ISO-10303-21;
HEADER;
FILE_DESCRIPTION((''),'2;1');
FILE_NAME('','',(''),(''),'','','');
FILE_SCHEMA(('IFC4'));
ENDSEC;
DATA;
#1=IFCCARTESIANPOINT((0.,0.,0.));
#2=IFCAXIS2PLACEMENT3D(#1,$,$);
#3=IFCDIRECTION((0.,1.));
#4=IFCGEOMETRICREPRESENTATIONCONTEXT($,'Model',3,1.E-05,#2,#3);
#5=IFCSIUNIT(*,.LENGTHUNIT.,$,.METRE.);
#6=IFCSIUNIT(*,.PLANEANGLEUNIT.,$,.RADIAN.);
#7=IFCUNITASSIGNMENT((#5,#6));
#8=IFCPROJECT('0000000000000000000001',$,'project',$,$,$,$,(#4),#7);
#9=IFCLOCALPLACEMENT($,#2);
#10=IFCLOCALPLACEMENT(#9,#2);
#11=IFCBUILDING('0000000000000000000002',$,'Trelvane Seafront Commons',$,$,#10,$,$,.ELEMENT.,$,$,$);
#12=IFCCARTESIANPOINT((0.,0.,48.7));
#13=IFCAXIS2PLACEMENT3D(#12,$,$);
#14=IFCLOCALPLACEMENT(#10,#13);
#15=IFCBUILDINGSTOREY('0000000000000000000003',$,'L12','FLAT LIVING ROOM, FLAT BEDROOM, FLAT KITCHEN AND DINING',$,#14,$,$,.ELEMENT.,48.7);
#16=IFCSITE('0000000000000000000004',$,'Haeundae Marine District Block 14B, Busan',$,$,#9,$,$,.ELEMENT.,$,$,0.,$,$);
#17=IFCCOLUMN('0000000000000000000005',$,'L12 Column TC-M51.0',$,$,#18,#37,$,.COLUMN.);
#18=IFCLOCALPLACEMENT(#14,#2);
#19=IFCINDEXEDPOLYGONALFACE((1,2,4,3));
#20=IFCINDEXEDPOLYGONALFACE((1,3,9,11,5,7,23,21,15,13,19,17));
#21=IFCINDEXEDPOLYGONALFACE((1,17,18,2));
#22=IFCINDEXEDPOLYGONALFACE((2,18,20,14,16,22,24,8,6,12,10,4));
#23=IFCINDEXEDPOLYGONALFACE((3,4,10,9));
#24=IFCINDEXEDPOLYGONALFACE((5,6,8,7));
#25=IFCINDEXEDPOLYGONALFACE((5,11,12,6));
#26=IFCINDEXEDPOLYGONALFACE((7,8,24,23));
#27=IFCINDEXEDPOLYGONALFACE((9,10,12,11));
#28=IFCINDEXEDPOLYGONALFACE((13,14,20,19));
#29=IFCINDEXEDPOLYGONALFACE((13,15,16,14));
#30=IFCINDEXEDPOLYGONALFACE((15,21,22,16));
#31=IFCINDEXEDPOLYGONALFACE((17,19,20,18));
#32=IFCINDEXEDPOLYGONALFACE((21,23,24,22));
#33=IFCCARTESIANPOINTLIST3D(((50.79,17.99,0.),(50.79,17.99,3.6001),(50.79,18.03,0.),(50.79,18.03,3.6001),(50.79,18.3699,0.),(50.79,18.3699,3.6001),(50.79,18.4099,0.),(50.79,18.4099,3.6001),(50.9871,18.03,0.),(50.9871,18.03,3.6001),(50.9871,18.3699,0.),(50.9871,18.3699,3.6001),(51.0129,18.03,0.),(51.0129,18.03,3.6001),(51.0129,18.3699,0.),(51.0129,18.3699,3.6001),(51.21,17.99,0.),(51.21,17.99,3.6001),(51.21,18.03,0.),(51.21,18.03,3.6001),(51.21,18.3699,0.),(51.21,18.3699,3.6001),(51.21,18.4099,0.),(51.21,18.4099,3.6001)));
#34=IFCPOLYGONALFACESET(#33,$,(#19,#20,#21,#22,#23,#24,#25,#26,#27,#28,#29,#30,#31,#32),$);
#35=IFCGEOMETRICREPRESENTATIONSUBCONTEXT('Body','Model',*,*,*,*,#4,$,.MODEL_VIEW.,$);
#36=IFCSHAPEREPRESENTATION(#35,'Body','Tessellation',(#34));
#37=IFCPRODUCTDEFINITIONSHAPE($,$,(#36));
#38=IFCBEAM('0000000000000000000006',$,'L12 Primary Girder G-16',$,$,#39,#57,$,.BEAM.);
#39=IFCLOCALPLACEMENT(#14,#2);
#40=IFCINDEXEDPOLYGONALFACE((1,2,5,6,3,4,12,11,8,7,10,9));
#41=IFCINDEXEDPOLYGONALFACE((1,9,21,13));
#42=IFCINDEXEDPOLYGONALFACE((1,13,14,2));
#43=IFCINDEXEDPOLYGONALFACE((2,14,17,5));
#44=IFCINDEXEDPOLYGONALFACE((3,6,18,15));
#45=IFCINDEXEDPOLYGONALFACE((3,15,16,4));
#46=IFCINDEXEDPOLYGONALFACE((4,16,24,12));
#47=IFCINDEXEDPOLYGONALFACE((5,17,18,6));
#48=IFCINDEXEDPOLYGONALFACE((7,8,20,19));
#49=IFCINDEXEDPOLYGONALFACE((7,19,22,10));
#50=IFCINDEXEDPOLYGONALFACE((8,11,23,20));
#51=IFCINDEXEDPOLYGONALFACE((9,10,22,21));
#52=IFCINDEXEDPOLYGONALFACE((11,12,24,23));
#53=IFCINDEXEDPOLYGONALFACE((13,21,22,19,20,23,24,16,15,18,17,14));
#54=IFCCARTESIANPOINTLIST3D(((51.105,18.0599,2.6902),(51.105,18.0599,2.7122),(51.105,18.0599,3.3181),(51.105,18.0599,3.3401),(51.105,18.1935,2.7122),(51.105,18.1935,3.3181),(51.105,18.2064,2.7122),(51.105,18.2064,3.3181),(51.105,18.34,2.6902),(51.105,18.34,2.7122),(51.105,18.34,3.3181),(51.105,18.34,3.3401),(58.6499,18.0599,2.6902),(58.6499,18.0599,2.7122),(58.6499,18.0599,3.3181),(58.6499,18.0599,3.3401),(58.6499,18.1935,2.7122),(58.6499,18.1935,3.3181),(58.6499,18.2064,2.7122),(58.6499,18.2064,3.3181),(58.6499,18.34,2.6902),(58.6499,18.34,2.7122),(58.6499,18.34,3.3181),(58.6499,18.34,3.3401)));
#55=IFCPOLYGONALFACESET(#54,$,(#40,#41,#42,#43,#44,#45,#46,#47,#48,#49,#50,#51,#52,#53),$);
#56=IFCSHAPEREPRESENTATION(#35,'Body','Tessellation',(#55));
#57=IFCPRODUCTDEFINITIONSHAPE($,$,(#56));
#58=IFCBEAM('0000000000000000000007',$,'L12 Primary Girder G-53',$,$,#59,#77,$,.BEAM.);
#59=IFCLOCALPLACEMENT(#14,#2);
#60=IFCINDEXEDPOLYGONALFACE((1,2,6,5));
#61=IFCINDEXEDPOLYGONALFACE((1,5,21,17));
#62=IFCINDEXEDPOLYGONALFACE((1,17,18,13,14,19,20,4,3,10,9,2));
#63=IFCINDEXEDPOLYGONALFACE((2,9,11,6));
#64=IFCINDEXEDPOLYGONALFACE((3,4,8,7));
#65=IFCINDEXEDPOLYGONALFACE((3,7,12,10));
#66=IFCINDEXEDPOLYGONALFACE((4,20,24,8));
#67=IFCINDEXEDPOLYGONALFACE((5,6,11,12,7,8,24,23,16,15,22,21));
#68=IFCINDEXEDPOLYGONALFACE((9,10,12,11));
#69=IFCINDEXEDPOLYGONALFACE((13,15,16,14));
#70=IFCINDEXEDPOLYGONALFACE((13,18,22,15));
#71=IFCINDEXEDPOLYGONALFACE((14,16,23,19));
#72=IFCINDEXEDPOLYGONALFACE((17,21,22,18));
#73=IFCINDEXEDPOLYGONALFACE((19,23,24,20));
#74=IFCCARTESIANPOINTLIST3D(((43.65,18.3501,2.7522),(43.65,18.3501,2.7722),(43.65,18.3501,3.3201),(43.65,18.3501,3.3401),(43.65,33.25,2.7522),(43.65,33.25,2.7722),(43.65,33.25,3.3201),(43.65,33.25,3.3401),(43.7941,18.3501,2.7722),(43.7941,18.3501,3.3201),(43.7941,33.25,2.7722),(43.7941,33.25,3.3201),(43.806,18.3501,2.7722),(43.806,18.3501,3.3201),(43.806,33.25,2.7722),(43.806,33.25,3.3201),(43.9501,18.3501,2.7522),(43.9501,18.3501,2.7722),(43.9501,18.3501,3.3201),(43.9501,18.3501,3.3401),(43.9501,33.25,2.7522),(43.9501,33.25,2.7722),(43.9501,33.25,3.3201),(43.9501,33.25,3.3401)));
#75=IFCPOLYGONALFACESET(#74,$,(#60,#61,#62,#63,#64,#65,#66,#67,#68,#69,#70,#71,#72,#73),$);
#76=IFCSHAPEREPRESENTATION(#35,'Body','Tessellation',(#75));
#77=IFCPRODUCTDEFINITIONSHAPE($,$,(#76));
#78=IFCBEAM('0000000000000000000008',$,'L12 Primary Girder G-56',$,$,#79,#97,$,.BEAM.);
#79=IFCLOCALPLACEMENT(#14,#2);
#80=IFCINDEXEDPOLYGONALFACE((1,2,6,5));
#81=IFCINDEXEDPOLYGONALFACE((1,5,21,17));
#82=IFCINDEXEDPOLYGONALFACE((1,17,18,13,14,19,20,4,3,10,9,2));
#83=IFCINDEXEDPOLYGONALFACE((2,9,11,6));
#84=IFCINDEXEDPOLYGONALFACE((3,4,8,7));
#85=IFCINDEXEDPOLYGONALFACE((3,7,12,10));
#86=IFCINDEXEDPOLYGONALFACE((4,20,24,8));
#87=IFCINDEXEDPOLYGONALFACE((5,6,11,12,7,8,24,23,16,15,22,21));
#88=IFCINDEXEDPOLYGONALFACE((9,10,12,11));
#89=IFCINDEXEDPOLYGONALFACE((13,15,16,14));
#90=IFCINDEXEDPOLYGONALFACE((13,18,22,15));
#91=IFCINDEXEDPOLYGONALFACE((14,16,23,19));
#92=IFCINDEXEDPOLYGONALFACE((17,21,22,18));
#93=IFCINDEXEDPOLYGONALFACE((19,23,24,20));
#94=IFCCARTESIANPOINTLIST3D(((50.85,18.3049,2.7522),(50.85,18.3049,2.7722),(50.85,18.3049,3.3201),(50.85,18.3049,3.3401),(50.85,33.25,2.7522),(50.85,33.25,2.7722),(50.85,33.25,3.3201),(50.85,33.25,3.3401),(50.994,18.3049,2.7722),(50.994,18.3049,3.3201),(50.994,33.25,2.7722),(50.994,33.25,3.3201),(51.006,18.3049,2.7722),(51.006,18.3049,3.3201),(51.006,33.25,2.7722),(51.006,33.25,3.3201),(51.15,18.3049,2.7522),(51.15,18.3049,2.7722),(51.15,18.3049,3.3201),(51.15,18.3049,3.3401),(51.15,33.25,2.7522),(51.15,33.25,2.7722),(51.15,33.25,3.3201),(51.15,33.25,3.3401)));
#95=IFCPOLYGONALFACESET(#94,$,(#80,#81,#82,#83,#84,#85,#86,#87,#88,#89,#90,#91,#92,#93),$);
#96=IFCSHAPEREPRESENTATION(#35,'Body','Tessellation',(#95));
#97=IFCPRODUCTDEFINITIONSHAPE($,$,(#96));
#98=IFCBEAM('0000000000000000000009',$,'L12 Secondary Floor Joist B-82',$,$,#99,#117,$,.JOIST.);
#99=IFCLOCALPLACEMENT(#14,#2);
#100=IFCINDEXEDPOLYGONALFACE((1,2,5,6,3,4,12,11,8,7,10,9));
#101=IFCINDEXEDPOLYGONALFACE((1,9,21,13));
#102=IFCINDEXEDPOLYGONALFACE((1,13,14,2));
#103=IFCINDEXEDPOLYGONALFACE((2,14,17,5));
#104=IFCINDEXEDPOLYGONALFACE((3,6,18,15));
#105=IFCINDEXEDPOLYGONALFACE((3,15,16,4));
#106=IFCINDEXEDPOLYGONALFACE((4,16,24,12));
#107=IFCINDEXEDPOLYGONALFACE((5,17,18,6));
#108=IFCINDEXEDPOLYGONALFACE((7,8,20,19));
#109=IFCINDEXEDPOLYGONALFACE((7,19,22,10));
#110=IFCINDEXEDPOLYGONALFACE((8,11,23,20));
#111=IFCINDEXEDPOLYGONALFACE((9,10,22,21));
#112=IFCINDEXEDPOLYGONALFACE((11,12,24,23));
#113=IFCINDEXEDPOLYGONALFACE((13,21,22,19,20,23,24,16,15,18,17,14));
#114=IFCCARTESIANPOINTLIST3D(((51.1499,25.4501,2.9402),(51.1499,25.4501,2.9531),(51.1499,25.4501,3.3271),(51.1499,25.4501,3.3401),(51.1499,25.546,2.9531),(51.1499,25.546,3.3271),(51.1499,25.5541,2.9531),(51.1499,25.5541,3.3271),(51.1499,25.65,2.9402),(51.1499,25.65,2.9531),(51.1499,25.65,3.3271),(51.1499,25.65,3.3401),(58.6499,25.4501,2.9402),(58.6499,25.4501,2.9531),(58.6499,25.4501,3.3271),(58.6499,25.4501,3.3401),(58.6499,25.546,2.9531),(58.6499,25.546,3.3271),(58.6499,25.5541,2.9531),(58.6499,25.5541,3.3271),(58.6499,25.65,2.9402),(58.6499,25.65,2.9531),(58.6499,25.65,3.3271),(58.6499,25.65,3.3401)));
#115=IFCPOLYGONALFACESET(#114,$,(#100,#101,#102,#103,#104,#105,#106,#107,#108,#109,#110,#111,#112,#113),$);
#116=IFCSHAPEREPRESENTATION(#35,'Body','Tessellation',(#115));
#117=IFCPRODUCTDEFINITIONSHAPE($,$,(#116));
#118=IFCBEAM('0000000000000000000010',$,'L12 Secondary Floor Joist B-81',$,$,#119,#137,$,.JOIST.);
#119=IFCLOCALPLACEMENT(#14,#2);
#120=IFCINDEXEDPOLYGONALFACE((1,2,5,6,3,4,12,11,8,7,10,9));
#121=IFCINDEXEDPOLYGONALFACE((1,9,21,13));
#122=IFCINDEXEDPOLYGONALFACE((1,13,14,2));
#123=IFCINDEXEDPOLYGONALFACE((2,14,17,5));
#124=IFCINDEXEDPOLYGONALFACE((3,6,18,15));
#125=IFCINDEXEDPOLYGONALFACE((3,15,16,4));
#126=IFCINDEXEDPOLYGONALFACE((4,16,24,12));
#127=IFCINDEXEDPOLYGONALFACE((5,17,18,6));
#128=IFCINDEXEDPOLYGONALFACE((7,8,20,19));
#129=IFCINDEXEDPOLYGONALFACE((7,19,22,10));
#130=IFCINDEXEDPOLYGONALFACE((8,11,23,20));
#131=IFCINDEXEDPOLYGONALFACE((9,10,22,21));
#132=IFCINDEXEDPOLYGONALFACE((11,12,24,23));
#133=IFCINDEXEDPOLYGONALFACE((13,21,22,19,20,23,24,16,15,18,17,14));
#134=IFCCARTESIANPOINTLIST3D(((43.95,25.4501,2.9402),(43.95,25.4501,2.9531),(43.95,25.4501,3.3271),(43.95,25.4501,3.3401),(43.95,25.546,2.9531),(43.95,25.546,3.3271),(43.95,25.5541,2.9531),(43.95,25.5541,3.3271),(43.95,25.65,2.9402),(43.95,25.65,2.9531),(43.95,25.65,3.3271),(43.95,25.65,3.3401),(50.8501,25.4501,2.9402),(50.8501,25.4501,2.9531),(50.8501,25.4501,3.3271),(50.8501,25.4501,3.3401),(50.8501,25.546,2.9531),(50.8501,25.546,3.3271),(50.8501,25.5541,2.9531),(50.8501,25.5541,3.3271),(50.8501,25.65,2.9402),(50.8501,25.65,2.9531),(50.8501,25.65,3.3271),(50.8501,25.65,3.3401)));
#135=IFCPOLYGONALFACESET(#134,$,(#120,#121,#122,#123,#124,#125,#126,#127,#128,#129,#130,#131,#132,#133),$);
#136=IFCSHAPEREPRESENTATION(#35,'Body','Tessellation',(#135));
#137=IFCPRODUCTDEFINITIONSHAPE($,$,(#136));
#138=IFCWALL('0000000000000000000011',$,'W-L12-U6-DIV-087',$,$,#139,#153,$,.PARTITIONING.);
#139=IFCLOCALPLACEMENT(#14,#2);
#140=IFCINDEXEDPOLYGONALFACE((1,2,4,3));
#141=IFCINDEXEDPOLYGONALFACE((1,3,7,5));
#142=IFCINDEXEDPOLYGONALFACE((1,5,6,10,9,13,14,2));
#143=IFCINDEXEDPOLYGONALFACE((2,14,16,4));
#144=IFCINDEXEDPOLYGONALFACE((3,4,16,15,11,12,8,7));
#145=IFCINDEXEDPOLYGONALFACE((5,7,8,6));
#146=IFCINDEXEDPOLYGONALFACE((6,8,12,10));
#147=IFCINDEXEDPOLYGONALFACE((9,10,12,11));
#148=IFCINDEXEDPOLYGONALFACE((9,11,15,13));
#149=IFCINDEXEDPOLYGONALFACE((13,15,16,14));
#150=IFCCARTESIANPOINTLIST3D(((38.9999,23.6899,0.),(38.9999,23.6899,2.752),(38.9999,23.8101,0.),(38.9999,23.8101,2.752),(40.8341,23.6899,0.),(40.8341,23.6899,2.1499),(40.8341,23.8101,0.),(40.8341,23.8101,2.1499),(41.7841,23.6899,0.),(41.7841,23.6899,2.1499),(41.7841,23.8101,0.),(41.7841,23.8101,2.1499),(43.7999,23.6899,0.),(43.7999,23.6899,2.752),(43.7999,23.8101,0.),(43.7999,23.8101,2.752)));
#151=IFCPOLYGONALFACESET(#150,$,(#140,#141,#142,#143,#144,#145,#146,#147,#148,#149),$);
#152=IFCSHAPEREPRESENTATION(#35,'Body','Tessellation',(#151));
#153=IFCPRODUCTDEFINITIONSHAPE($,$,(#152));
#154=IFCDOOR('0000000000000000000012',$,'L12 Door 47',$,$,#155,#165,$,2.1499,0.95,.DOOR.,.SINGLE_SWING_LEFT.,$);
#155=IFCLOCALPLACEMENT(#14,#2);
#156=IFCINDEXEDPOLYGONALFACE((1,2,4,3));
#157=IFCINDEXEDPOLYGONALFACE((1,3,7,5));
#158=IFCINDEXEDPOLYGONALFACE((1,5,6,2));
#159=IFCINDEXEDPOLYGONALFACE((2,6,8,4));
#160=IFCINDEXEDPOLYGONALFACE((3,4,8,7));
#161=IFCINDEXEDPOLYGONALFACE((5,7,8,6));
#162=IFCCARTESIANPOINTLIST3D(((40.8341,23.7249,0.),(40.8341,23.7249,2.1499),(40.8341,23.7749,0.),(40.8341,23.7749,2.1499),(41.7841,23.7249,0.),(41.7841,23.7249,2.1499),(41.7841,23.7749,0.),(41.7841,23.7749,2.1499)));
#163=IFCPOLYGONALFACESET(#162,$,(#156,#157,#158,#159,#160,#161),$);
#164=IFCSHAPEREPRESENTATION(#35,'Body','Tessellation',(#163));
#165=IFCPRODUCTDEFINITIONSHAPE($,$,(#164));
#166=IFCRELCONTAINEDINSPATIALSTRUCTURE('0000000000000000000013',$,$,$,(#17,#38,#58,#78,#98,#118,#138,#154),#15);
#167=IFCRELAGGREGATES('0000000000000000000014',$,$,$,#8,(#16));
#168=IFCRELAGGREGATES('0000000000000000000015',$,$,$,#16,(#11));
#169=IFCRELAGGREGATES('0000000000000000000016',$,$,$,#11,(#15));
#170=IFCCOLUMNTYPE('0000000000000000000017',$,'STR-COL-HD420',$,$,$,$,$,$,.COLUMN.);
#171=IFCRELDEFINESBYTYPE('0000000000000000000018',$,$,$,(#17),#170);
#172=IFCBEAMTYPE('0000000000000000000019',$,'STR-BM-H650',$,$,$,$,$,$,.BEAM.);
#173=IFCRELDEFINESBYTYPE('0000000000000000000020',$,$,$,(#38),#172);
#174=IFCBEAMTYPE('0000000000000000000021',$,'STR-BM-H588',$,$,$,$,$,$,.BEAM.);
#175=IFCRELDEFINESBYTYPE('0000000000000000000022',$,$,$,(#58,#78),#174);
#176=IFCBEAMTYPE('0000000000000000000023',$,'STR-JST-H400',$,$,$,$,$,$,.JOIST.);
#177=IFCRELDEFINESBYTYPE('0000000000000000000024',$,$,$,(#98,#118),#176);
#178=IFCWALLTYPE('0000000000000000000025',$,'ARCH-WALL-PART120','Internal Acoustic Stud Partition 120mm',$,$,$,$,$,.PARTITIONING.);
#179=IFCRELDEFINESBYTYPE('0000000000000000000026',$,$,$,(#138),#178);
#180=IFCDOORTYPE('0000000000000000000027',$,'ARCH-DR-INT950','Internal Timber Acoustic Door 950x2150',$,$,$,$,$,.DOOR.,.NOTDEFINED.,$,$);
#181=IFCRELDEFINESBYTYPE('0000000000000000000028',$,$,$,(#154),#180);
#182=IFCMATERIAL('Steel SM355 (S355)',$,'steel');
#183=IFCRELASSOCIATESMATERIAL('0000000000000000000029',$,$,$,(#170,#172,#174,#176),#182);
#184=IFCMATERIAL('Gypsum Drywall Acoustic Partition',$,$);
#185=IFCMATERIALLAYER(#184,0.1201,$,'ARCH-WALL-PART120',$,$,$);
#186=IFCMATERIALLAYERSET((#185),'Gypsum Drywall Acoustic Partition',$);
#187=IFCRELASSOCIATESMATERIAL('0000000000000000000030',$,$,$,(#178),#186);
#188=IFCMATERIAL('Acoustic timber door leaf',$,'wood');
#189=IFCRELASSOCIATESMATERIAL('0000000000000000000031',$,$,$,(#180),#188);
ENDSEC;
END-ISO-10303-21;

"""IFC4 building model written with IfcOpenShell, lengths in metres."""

from ifc_helpers import new_model, si_unit, direction, frame, frame_2d, origin, origin_2d, place, context, subcontext, project, spatial, rectangle, i_section, extrude, source, transform, mapped, material, layer, layer_set, material_profile, profile_set, type_object, element, fill, save


model = new_model("IFC4")

# Units and contexts
model_context = context("Model", 3, precision=1e-05, world=origin(), true_north=direction((0.0, 1.0)))
body_context = subcontext(model_context, "Body", "Model", "MODEL_VIEW")
ifc_project = project(units=[si_unit("LENGTHUNIT", "METRE"), si_unit("PLANEANGLEUNIT", "RADIAN")], contexts=[model_context])

# Site, building, storey
site_placement = place(None, origin())
site = spatial("IfcSite", under=ifc_project, at=site_placement, Name="Haeundae Marine District Block 14B, Busan", CompositionType="ELEMENT", RefElevation=0.0)
building_placement = place(site_placement, origin())
building = spatial("IfcBuilding", under=site, at=building_placement, Name="Trelvane Seafront Commons", CompositionType="ELEMENT")
storey_placement = place(building_placement, frame((0.0, 0.0, 48.7)))
storey = spatial("IfcBuildingStorey", under=building, at=storey_placement, Name="L12", Description="FLAT LIVING ROOM, FLAT BEDROOM, FLAT KITCHEN AND DINING", CompositionType="ELEMENT", Elevation=48.7)

# Column
ifc_material_1 = material(Name="Steel SM355 (S355)", Category="steel")
ifc_material_profile_1 = material_profile(ifc_material_1, i_section(OverallWidth=0.4199, OverallDepth=0.4199, WebThickness=0.0259, FlangeThickness=0.04, at=origin_2d()), Name="HD-420x420x26x40")
ifc_profile_set_1 = profile_set([ifc_material_profile_1], Name="Steel SM355 (S355)")
column_type = type_object("IfcColumnType", Name="STR-COL-HD420", PredefinedType="COLUMN", material=ifc_profile_set_1)
shared_shape_1 = source(origin(), body_context, "Body", "SweptSolid", [
    extrude(i_section(OverallWidth=0.4199, OverallDepth=0.4199, WebThickness=0.0259, FlangeThickness=0.04, at=origin_2d()), origin(), (0.0, 0.0, 1.0), 3.6001),
])
column_placement = place(storey_placement, frame((51.0, 18.2, 0.0), z_axis=(0.0, 0.0, 1.0), x_axis=(1.0, 0.0, 0.0)))
element("IfcColumn", 1, at=column_placement, inside=storey, type_object=column_type, Name="L12 Column TC-M51.0", PredefinedType="COLUMN", context=body_context, shape_type="MappedRepresentation", body=[
    mapped(shared_shape_1, transform((0.0, 0.0, 0.0), x_axis=(1.0, 0.0, 0.0), y_axis=(0.0, 1.0, 0.0), z_axis=(0.0, 0.0, 1.0), scale=1.0)),
])

# Beams
ifc_material_profile_2 = material_profile(ifc_material_1, i_section(OverallWidth=0.28, OverallDepth=0.6499, WebThickness=0.0129, FlangeThickness=0.022, at=origin_2d()), Name="H-650x280x13x22")
ifc_profile_set_2 = profile_set([ifc_material_profile_2], Name="Steel SM355 (S355)")
beam_type_1 = type_object("IfcBeamType", Name="STR-BM-H650", PredefinedType="BEAM", material=ifc_profile_set_2)
shared_shape_2 = source(origin(), body_context, "Body", "SweptSolid", [
    extrude(i_section(OverallWidth=0.28, OverallDepth=0.6499, WebThickness=0.0129, FlangeThickness=0.022, at=origin_2d()), origin(), (0.0, 0.0, 1.0), 7.5449),
])
beam_1_placement = place(storey_placement, frame((51.105, 18.2, 3.0151), z_axis=(1.0, 0.0, 0.0), x_axis=(0.0, 1.0, 0.0)))
element("IfcBeam", 2, at=beam_1_placement, inside=storey, type_object=beam_type_1, Name="L12 Primary Girder G-16", PredefinedType="BEAM", context=body_context, shape_type="MappedRepresentation", body=[
    mapped(shared_shape_2, transform((0.0, 0.0, 0.0), x_axis=(1.0, 0.0, 0.0), y_axis=(0.0, 1.0, 0.0), z_axis=(0.0, 0.0, 1.0), scale=1.0)),
])
ifc_material_profile_3 = material_profile(ifc_material_1, i_section(OverallWidth=0.3, OverallDepth=0.5879, WebThickness=0.012, FlangeThickness=0.02, at=origin_2d()), Name="H-588x300x12x20")
ifc_profile_set_3 = profile_set([ifc_material_profile_3], Name="Steel SM355 (S355)")
beam_type_2 = type_object("IfcBeamType", Name="STR-BM-H588", PredefinedType="BEAM", material=ifc_profile_set_3)
shared_shape_3 = source(origin(), body_context, "Body", "SweptSolid", [
    extrude(i_section(OverallWidth=0.3, OverallDepth=0.5879, WebThickness=0.012, FlangeThickness=0.02, at=origin_2d()), origin(), (0.0, 0.0, 1.0), 14.8999),
])
beam_2_placement = place(storey_placement, frame((43.8, 18.3501, 3.0461), z_axis=(0.0, 1.0, 0.0), x_axis=(-1.0, 0.0, 0.0)))
element("IfcBeam", 3, at=beam_2_placement, inside=storey, type_object=beam_type_2, Name="L12 Primary Girder G-53", PredefinedType="BEAM", context=body_context, shape_type="MappedRepresentation", body=[
    mapped(shared_shape_3, transform((0.0, 0.0, 0.0), x_axis=(1.0, 0.0, 0.0), y_axis=(0.0, 1.0, 0.0), z_axis=(0.0, 0.0, 1.0), scale=1.0)),
])
shared_shape_4 = source(origin(), body_context, "Body", "SweptSolid", [
    extrude(i_section(OverallWidth=0.3, OverallDepth=0.5879, WebThickness=0.012, FlangeThickness=0.02, at=origin_2d()), origin(), (0.0, 0.0, 1.0), 14.9451),
])
beam_3_placement = place(storey_placement, frame((51.0, 18.3049, 3.0461), z_axis=(0.0, 1.0, 0.0), x_axis=(-1.0, 0.0, 0.0)))
element("IfcBeam", 4, at=beam_3_placement, inside=storey, type_object=beam_type_2, Name="L12 Primary Girder G-56", PredefinedType="BEAM", context=body_context, shape_type="MappedRepresentation", body=[
    mapped(shared_shape_4, transform((0.0, 0.0, 0.0), x_axis=(1.0, 0.0, 0.0), y_axis=(0.0, 1.0, 0.0), z_axis=(0.0, 0.0, 1.0), scale=1.0)),
])
ifc_material_profile_4 = material_profile(ifc_material_1, i_section(OverallWidth=0.2, OverallDepth=0.3999, WebThickness=0.0081, FlangeThickness=0.0129, at=origin_2d()), Name="H-400x200x8x13")
ifc_profile_set_4 = profile_set([ifc_material_profile_4], Name="Steel SM355 (S355)")
beam_type_3 = type_object("IfcBeamType", Name="STR-JST-H400", PredefinedType="JOIST", material=ifc_profile_set_4)
shared_shape_5 = source(origin(), body_context, "Body", "SweptSolid", [
    extrude(i_section(OverallWidth=0.2, OverallDepth=0.3999, WebThickness=0.0081, FlangeThickness=0.0129, at=origin_2d()), origin(), (0.0, 0.0, 1.0), 7.5),
])
beam_4_placement = place(storey_placement, frame((51.1499, 25.55, 3.1401), z_axis=(1.0, 0.0, 0.0), x_axis=(0.0, 1.0, 0.0)))
element("IfcBeam", 5, at=beam_4_placement, inside=storey, type_object=beam_type_3, Name="L12 Secondary Floor Joist B-82", PredefinedType="JOIST", context=body_context, shape_type="MappedRepresentation", body=[
    mapped(shared_shape_5, transform((0.0, 0.0, 0.0), x_axis=(1.0, 0.0, 0.0), y_axis=(0.0, 1.0, 0.0), z_axis=(0.0, 0.0, 1.0), scale=1.0)),
])
shared_shape_6 = source(origin(), body_context, "Body", "SweptSolid", [
    extrude(i_section(OverallWidth=0.2, OverallDepth=0.3999, WebThickness=0.0081, FlangeThickness=0.0129, at=origin_2d()), origin(), (0.0, 0.0, 1.0), 6.9001),
])
beam_5_placement = place(storey_placement, frame((43.95, 25.55, 3.1401), z_axis=(1.0, 0.0, 0.0), x_axis=(0.0, 1.0, 0.0)))
element("IfcBeam", 6, at=beam_5_placement, inside=storey, type_object=beam_type_3, Name="L12 Secondary Floor Joist B-81", PredefinedType="JOIST", context=body_context, shape_type="MappedRepresentation", body=[
    mapped(shared_shape_6, transform((0.0, 0.0, 0.0), x_axis=(1.0, 0.0, 0.0), y_axis=(0.0, 1.0, 0.0), z_axis=(0.0, 0.0, 1.0), scale=1.0)),
])

# Wall, opening, door
ifc_material_2 = material(Name="Gypsum Drywall Acoustic Partition")
ifc_layer_1 = layer(ifc_material_2, 0.1201, Name="ARCH-WALL-PART120")
ifc_layer_set_1 = layer_set([ifc_layer_1], Name="Gypsum Drywall Acoustic Partition")
wall_type_1 = type_object("IfcWallType", Name="ARCH-WALL-PART120", Description="Internal Acoustic Stud Partition 120mm", PredefinedType="PARTITIONING", material=ifc_layer_set_1)
wall_1_placement = place(storey_placement, frame((39.0, 23.75, 0.0), z_axis=(0.0, 0.0, 1.0), x_axis=(1.0, 0.0, 0.0)))
wall_1 = element("IfcWall", 7, at=wall_1_placement, inside=storey, type_object=wall_type_1, Name="W-L12-U6-DIV-087", PredefinedType="PARTITIONING", context=body_context, shape_type="SweptSolid", body=[
    extrude(rectangle(XDim=4.8, YDim=0.1201, at=frame_2d((2.3999, 0.0))), origin(), (0.0, 0.0, 1.0), 2.752),
])
opening_1_placement = place(wall_1_placement, frame((1.834, 0.0, 0.0)))
opening_1 = element("IfcOpeningElement", 8, at=opening_1_placement, cuts=wall_1, PredefinedType="OPENING", context=body_context, shape_type="SweptSolid", body=[
    extrude(rectangle(XDim=0.95, YDim=2.1499, at=frame_2d((0.4751, 1.075))), frame((0.0, 0.0701, 0.0), z_axis=(0.0, -1.0, 0.0), x_axis=(1.0, 0.0, 0.0)), (0.0, 0.0, 1.0), 0.1401),
])
ifc_material_3 = material(Name="Acoustic timber door leaf", Category="wood")
door_type_1 = type_object("IfcDoorType", Name="ARCH-DR-INT950", Description="Internal Timber Acoustic Door 950x2150", OperationType="NOTDEFINED", PredefinedType="DOOR", material=ifc_material_3)
shared_shape_7 = source(origin(), body_context, "Body", "SweptSolid", [
    extrude(rectangle(XDim=0.95, YDim=2.1499, at=frame_2d((0.4751, 1.075))), frame((0.0, 0.0249, 0.0), z_axis=(0.0, -1.0, 0.0), x_axis=(1.0, 0.0, 0.0)), (0.0, 0.0, 1.0), 0.05),
])
door_1_placement = place(opening_1_placement, origin())
door_1 = element("IfcDoor", 9, at=door_1_placement, inside=storey, type_object=door_type_1, Name="L12 Door 47", OperationType="SINGLE_SWING_LEFT", OverallHeight=2.1499, OverallWidth=0.95, PredefinedType="DOOR", context=body_context, shape_type="MappedRepresentation", body=[
    mapped(shared_shape_7, transform((0.0, 0.0, 0.0), x_axis=(1.0, 0.0, 0.0), y_axis=(0.0, 1.0, 0.0), z_axis=(0.0, 0.0, 1.0), scale=1.0)),
])
fill(opening_1, door_1)

save(model, "model.ifc")
